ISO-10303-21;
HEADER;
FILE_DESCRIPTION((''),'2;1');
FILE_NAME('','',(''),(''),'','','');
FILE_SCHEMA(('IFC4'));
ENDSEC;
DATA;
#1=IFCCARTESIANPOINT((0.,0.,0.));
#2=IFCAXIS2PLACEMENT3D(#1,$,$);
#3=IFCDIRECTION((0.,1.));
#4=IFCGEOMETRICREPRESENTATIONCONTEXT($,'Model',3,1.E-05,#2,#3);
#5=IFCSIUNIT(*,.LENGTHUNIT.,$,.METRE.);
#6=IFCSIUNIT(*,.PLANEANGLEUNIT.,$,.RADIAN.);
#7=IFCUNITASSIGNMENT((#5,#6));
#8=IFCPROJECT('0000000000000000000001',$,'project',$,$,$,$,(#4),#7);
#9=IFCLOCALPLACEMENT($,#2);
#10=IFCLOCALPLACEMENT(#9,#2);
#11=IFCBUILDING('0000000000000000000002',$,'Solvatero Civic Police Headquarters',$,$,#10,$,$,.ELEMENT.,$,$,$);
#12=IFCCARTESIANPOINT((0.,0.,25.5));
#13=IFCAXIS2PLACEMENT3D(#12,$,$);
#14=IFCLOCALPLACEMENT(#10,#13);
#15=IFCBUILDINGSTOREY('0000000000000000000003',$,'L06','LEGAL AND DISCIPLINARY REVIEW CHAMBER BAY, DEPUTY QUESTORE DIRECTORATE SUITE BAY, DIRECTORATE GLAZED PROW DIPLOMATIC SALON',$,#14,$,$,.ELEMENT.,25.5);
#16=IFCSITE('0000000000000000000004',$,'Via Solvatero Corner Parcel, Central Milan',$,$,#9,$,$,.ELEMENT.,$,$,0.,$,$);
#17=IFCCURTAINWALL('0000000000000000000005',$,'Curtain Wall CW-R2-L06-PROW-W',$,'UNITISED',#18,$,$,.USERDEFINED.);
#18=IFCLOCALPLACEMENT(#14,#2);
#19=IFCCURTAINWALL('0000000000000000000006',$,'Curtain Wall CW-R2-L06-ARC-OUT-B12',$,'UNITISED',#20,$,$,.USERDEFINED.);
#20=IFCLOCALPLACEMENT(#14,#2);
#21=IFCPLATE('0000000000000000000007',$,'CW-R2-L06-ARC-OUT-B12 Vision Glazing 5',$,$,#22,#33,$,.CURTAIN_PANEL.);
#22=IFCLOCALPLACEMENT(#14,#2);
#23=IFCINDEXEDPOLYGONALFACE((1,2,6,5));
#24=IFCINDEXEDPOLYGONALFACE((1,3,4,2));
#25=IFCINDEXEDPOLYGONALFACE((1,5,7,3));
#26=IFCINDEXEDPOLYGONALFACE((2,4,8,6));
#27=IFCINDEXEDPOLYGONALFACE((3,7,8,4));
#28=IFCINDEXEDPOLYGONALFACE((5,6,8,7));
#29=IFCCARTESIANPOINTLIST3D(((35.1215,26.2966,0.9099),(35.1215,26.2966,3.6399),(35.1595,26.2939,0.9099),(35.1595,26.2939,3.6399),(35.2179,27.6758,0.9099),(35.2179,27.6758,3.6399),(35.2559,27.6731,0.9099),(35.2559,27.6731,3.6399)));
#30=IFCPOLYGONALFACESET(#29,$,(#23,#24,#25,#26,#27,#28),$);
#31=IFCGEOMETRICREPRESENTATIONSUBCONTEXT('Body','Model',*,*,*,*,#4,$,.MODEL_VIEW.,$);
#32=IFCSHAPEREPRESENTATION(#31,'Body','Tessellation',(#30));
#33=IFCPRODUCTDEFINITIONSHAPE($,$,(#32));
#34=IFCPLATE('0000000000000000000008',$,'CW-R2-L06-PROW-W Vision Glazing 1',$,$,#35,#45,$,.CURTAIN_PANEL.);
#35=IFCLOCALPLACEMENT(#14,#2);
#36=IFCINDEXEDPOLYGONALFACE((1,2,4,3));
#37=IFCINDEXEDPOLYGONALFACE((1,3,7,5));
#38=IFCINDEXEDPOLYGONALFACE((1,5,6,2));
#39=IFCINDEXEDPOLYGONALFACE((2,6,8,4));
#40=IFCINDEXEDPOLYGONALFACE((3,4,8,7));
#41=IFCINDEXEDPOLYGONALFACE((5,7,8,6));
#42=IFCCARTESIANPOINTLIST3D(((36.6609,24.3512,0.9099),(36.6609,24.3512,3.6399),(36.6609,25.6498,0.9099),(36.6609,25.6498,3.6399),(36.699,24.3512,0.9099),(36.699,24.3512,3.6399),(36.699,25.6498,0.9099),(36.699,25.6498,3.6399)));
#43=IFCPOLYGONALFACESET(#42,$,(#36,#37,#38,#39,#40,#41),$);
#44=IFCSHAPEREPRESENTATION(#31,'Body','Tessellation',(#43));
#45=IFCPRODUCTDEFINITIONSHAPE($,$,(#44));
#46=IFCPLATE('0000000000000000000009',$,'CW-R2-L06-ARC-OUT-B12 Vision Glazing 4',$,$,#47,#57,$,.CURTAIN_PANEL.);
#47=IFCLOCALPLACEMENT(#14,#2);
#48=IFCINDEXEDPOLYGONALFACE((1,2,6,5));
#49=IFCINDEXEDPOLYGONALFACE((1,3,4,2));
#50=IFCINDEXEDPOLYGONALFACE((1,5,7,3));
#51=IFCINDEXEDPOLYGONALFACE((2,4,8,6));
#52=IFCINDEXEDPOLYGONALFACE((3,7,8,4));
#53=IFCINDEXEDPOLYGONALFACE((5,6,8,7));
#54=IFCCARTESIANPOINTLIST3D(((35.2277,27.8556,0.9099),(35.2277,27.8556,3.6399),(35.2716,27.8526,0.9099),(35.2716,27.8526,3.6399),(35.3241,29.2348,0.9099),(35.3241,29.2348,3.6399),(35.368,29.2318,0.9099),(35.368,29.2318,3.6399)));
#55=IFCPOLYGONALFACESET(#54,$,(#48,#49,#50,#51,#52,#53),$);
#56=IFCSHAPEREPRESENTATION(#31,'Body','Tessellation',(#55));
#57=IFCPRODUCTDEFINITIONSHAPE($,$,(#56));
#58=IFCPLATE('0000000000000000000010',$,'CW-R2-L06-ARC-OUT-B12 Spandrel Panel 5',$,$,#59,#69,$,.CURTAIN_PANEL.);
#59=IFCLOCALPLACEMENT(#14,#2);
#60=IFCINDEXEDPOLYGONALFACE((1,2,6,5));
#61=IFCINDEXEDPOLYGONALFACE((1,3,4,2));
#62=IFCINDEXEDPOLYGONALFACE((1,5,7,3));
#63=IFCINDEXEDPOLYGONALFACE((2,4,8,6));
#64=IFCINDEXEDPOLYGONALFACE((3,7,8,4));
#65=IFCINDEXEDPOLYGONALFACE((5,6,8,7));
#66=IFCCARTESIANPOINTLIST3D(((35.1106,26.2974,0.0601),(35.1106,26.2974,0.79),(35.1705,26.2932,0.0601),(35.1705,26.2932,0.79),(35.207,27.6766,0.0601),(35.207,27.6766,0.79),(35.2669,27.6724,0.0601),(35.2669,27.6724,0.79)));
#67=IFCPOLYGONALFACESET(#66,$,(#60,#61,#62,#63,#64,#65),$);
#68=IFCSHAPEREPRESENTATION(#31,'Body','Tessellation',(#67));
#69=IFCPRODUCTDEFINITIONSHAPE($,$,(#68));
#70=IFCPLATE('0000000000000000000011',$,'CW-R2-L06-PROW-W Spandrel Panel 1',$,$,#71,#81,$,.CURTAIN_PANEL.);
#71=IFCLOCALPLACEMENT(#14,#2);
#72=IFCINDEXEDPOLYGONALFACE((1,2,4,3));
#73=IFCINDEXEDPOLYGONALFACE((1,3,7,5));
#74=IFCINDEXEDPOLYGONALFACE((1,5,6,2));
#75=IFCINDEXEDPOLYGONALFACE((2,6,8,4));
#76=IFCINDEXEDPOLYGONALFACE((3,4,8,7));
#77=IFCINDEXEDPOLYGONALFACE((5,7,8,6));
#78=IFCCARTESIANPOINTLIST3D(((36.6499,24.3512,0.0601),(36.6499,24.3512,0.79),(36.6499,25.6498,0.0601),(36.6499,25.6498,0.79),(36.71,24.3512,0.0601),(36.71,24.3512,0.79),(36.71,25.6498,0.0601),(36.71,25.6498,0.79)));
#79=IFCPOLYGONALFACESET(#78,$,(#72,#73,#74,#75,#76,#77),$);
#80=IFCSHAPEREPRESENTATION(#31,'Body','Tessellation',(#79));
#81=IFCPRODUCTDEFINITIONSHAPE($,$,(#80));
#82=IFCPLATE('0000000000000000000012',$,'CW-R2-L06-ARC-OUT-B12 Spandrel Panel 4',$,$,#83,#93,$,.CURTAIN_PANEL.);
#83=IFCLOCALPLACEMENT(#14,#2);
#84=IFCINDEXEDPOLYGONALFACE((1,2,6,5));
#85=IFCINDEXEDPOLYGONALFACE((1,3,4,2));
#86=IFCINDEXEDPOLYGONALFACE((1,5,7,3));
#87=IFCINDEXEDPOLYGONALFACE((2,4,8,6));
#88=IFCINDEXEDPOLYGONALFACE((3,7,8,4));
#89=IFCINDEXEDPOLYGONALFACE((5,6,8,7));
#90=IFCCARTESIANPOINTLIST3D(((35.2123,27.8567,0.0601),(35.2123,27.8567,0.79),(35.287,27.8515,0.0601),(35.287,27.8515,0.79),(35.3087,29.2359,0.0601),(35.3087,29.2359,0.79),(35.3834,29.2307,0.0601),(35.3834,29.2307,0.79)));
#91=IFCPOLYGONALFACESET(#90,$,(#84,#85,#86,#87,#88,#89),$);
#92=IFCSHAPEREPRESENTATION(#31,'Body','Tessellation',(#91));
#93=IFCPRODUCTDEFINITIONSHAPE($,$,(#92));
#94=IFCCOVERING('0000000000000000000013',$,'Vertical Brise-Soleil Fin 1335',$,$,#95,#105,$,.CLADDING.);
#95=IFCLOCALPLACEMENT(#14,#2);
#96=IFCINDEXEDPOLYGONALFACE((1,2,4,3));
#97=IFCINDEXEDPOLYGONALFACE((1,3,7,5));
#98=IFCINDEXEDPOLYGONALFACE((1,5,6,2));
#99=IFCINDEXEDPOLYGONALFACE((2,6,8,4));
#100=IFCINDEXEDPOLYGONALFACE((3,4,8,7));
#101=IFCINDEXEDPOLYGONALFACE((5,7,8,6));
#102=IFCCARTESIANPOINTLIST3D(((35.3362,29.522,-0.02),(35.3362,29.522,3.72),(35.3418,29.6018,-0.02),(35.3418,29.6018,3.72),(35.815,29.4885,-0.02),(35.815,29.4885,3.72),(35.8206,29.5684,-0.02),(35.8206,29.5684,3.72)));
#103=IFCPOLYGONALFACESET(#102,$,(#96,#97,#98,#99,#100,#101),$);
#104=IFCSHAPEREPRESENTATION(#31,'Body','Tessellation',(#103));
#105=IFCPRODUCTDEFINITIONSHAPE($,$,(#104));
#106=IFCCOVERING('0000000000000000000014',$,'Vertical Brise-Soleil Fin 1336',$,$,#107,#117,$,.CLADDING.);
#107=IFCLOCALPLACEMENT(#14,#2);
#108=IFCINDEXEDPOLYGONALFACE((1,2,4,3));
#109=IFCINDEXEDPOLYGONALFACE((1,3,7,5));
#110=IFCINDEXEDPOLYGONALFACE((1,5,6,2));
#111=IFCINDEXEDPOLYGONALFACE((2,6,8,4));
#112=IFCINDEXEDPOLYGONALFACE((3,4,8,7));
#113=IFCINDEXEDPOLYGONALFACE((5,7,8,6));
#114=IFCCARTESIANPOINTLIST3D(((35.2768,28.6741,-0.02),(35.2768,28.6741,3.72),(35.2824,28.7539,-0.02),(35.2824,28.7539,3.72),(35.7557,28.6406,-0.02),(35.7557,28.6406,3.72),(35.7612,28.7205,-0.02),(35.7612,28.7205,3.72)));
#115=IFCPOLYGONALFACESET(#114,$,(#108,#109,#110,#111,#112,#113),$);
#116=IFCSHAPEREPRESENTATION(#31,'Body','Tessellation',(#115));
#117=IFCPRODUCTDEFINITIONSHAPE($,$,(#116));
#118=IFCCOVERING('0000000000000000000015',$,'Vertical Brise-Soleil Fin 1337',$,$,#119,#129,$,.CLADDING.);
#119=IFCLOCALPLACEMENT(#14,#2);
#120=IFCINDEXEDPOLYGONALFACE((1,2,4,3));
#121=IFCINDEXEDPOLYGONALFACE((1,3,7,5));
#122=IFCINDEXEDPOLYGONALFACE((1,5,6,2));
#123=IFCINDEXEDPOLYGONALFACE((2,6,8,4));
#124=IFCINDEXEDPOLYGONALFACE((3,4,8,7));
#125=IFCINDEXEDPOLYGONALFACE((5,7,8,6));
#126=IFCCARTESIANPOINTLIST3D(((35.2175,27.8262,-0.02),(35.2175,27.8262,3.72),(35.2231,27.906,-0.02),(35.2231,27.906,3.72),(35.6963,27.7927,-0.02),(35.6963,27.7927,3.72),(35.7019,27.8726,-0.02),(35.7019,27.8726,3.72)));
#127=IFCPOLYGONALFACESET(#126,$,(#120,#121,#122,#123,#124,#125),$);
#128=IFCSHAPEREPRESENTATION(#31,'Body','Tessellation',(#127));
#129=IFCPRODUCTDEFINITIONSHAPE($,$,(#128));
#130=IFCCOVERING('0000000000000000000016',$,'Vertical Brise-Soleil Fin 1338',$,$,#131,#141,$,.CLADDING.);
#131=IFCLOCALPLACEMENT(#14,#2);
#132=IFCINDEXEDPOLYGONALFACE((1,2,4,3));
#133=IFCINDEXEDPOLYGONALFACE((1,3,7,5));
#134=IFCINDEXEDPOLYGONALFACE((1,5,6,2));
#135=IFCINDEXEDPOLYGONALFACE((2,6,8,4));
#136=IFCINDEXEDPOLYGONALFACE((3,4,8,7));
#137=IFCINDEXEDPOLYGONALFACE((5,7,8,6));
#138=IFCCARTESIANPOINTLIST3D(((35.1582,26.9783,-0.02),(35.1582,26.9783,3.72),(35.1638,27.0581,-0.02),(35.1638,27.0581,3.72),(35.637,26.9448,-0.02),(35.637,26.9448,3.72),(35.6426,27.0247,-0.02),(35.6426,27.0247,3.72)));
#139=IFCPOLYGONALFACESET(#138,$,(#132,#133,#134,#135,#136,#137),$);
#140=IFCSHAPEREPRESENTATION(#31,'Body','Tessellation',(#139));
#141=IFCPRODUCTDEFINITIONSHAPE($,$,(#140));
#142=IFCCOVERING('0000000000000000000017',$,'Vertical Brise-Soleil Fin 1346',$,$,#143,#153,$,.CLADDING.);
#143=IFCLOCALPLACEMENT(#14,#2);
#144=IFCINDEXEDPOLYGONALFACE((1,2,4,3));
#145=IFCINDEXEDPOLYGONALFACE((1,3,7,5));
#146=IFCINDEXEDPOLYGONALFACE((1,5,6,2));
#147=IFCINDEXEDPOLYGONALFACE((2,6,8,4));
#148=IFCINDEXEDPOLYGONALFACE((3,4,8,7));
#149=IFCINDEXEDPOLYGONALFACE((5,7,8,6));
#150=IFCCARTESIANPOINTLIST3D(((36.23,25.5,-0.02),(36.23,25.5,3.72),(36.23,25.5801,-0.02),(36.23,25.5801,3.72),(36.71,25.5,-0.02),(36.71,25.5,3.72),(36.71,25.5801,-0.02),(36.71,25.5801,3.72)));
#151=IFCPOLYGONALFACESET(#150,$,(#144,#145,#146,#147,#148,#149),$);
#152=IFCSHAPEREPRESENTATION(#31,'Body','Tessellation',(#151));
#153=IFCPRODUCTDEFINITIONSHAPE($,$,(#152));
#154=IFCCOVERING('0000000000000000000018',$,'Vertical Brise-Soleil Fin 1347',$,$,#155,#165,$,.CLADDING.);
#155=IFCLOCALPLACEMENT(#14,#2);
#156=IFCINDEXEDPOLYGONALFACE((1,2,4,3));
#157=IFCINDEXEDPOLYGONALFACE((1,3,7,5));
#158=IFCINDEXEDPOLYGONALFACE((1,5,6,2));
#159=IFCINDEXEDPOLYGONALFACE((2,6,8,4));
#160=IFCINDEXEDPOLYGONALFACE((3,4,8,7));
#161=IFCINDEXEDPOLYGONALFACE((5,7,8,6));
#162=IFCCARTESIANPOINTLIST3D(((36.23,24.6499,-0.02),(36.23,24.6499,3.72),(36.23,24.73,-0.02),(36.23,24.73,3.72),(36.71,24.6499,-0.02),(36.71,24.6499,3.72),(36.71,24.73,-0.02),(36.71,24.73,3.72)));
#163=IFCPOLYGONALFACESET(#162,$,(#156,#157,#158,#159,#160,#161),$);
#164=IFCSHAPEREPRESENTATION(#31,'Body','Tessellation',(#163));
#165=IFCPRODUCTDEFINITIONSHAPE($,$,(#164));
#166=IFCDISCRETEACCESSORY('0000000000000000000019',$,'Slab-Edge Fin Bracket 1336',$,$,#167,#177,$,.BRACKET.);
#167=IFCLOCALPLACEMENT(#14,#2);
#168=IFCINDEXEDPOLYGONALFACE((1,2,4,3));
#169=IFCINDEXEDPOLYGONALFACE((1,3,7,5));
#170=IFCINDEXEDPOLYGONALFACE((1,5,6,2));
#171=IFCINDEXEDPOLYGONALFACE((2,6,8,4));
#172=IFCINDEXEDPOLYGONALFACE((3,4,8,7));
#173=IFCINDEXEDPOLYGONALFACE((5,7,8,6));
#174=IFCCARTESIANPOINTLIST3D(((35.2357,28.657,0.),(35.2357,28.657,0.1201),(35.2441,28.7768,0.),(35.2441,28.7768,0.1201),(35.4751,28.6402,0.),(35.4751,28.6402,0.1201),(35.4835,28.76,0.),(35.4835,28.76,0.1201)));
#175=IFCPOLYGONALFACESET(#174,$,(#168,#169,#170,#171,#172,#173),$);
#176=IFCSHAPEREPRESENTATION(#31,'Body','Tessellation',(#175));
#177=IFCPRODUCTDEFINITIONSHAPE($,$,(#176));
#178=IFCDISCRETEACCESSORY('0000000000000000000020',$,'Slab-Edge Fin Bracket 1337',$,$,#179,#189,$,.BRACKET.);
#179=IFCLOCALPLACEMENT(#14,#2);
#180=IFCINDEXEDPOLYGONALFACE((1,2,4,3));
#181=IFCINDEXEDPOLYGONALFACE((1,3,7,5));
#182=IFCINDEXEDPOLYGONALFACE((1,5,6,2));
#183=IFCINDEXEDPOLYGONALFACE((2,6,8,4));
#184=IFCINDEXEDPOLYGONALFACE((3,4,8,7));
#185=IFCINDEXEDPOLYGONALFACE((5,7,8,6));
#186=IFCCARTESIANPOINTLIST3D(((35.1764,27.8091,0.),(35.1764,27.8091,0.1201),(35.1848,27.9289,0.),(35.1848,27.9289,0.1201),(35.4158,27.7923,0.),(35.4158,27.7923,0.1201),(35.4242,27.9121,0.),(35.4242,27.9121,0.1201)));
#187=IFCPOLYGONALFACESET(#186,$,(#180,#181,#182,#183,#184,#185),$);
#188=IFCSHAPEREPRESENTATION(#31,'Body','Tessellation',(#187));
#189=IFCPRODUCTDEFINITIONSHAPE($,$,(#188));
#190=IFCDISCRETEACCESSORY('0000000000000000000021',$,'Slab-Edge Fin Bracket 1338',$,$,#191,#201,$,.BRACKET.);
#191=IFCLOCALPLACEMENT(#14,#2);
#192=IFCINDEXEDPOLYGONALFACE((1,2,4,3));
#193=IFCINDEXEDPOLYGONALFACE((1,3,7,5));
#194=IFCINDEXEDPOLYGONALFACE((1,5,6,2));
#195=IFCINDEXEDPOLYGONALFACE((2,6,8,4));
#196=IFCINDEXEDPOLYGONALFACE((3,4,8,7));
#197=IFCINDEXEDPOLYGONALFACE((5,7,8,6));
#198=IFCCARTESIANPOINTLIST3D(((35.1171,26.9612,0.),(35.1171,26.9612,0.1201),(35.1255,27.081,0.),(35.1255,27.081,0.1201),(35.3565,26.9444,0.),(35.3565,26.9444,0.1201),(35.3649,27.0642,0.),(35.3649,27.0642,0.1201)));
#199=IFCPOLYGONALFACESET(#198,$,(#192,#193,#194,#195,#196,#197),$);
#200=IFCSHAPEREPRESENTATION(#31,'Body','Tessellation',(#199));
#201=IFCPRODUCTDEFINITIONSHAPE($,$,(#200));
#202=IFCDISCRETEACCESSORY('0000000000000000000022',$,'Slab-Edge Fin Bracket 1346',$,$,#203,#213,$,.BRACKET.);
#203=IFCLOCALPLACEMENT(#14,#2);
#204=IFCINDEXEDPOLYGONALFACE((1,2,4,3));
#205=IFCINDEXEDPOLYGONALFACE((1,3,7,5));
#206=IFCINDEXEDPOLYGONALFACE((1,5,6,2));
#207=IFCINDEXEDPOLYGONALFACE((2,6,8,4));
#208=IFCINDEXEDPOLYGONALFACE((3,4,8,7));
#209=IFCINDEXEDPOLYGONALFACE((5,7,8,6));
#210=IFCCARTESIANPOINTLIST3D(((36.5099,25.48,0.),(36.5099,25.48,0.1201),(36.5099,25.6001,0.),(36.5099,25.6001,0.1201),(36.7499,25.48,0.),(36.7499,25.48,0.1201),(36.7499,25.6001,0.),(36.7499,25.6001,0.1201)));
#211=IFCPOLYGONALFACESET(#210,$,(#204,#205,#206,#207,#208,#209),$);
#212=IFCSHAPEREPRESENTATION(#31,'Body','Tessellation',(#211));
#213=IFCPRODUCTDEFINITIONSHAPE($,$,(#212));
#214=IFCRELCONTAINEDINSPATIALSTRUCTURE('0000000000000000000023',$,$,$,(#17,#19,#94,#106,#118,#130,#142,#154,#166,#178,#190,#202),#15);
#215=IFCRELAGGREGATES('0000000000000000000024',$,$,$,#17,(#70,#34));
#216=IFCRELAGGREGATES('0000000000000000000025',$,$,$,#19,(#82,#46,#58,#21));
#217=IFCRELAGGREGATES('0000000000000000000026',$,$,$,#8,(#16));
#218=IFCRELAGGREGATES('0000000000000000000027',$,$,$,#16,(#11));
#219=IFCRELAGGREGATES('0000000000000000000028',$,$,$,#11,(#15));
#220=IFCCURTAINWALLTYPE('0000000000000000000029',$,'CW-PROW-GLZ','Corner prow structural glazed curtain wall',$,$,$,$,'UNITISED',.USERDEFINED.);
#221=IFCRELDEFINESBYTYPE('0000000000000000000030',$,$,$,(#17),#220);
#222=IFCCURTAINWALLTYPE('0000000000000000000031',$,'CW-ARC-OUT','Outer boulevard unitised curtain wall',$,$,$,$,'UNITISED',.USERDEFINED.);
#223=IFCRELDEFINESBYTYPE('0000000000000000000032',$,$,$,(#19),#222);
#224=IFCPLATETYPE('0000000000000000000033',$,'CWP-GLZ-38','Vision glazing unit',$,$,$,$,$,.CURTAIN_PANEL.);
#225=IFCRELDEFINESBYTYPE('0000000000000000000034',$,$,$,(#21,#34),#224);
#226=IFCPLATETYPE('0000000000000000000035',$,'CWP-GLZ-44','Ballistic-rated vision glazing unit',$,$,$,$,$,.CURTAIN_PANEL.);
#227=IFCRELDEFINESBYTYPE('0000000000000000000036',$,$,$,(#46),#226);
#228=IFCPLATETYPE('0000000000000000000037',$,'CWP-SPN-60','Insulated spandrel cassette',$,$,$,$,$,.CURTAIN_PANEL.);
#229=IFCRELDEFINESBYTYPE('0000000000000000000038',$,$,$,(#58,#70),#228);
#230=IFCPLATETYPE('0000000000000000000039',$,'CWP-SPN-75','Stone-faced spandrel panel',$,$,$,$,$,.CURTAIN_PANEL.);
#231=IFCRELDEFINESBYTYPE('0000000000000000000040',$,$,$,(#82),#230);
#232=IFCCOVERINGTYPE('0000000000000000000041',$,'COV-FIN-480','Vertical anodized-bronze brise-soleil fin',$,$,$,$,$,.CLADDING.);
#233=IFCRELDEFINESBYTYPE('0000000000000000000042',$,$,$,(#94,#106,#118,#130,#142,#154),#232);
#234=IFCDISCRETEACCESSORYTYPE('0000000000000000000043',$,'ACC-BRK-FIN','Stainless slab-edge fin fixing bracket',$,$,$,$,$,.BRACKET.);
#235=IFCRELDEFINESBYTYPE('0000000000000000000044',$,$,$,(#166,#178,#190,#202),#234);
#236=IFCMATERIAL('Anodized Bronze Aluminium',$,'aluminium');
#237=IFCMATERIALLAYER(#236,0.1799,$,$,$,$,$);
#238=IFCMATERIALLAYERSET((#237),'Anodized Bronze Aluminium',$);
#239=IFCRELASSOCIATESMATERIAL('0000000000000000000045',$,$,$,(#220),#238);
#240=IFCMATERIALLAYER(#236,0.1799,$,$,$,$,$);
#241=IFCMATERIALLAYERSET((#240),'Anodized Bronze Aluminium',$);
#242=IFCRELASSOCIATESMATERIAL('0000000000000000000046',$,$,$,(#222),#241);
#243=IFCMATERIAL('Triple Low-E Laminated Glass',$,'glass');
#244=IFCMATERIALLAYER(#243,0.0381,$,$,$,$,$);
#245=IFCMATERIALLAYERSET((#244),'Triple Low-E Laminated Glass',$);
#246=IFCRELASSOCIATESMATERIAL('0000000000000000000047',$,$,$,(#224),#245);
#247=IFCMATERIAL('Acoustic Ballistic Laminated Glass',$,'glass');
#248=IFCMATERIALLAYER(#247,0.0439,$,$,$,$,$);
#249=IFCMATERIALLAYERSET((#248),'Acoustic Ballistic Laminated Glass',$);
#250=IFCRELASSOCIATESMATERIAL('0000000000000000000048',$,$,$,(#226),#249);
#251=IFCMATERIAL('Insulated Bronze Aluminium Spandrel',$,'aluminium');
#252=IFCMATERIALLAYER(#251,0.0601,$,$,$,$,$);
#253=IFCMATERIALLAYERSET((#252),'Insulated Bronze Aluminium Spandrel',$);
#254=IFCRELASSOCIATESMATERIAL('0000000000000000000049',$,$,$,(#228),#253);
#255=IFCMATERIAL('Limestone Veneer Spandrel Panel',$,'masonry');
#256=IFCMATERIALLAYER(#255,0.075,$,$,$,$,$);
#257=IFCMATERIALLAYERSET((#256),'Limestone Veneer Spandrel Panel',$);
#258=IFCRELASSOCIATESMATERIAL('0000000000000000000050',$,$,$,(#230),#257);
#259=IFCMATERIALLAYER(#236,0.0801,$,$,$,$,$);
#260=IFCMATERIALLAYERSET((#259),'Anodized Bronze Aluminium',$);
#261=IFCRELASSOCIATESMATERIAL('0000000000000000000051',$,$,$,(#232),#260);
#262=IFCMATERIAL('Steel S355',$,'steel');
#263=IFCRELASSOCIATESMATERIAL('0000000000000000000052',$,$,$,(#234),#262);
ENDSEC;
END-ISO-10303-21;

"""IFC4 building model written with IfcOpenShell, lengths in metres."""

from ifc_helpers import new_model, si_unit, direction, frame, origin, origin_2d, place, context, subcontext, project, spatial, rectangle, extrude, material, layer, layer_set, type_object, element, aggregate, save


model = new_model("IFC4")

# Units and contexts
model_context = context("Model", 3, precision=1e-05, world=origin(), true_north=direction((0.0, 1.0)))
body_context = subcontext(model_context, "Body", "Model", "MODEL_VIEW")
ifc_project = project(units=[si_unit("LENGTHUNIT", "METRE"), si_unit("PLANEANGLEUNIT", "RADIAN")], contexts=[model_context])

# Site, building, storey
site_placement = place(None, origin())
site = spatial("IfcSite", under=ifc_project, at=site_placement, Name="Via Solvatero Corner Parcel, Central Milan", CompositionType="ELEMENT", RefElevation=0.0)
building_placement = place(site_placement, origin())
building = spatial("IfcBuilding", under=site, at=building_placement, Name="Solvatero Civic Police Headquarters", CompositionType="ELEMENT")
storey_placement = place(building_placement, frame((0.0, 0.0, 25.5)))
storey = spatial("IfcBuildingStorey", under=building, at=storey_placement, Name="L06", Description="LEGAL AND DISCIPLINARY REVIEW CHAMBER BAY, DEPUTY QUESTORE DIRECTORATE SUITE BAY, DIRECTORATE GLAZED PROW DIPLOMATIC SALON", CompositionType="ELEMENT", Elevation=25.5)

# Shared definitions
ifc_material_1 = material(Name="Steel S355", Category="steel")

# Curtain wall
ifc_material_2 = material(Name="Anodized Bronze Aluminium", Category="aluminium")
ifc_layer_1 = layer(ifc_material_2, 0.1799)
ifc_layer_set_1 = layer_set([ifc_layer_1], Name="Anodized Bronze Aluminium")
curtain_wall_type_1 = type_object("IfcCurtainWallType", Name="CW-PROW-GLZ", Description="Corner prow structural glazed curtain wall", ElementType="UNITISED", PredefinedType="USERDEFINED", material=ifc_layer_set_1)
curtain_wall_1_placement = place(storey_placement, origin())
curtain_wall_1 = element("IfcCurtainWall", 1, at=curtain_wall_1_placement, inside=storey, type_object=curtain_wall_type_1, Name="Curtain Wall CW-R2-L06-PROW-W", ObjectType="UNITISED", PredefinedType="USERDEFINED")

# Curtain wall
ifc_layer_2 = layer(ifc_material_2, 0.1799)
ifc_layer_set_2 = layer_set([ifc_layer_2], Name="Anodized Bronze Aluminium")
curtain_wall_type_2 = type_object("IfcCurtainWallType", Name="CW-ARC-OUT", Description="Outer boulevard unitised curtain wall", ElementType="UNITISED", PredefinedType="USERDEFINED", material=ifc_layer_set_2)
curtain_wall_2_placement = place(storey_placement, origin())
curtain_wall_2 = element("IfcCurtainWall", 2, at=curtain_wall_2_placement, inside=storey, type_object=curtain_wall_type_2, Name="Curtain Wall CW-R2-L06-ARC-OUT-B12", ObjectType="UNITISED", PredefinedType="USERDEFINED")

# Plates
ifc_material_3 = material(Name="Triple Low-E Laminated Glass", Category="glass")
ifc_layer_3 = layer(ifc_material_3, 0.0381)
ifc_layer_set_3 = layer_set([ifc_layer_3], Name="Triple Low-E Laminated Glass")
plate_type_1 = type_object("IfcPlateType", Name="CWP-GLZ-38", Description="Vision glazing unit", PredefinedType="CURTAIN_PANEL", material=ifc_layer_set_3)
plate_1_placement = place(storey_placement, frame((35.1887, 26.9849, 0.9099), z_axis=(0.0, 0.0, 1.0), x_axis=(-0.069739, -0.997565, 0.0)))
plate_1 = element("IfcPlate", 3, at=plate_1_placement, type_object=plate_type_1, Name="CW-R2-L06-ARC-OUT-B12 Vision Glazing 5", PredefinedType="CURTAIN_PANEL", context=body_context, shape_type="SweptSolid", body=[
    extrude(rectangle(XDim=1.3826, YDim=0.0381, at=origin_2d()), origin(), (0.0, 0.0, 1.0), 2.73),
])
plate_2_placement = place(storey_placement, frame((36.6799, 25.0005, 0.9099), z_axis=(0.0, 0.0, 1.0), x_axis=(0.0, -1.0, 0.0)))
plate_2 = element("IfcPlate", 4, at=plate_2_placement, type_object=plate_type_1, Name="CW-R2-L06-PROW-W Vision Glazing 1", PredefinedType="CURTAIN_PANEL", context=body_context, shape_type="SweptSolid", body=[
    extrude(rectangle(XDim=1.2986, YDim=0.0381, at=origin_2d()), origin(), (0.0, 0.0, 1.0), 2.73),
])
ifc_material_4 = material(Name="Acoustic Ballistic Laminated Glass", Category="glass")
ifc_layer_4 = layer(ifc_material_4, 0.0439)
ifc_layer_set_4 = layer_set([ifc_layer_4], Name="Acoustic Ballistic Laminated Glass")
plate_type_2 = type_object("IfcPlateType", Name="CWP-GLZ-44", Description="Ballistic-rated vision glazing unit", PredefinedType="CURTAIN_PANEL", material=ifc_layer_set_4)
plate_3_placement = place(storey_placement, frame((35.2979, 28.5437, 0.9099), z_axis=(0.0, 0.0, 1.0), x_axis=(-0.069739, -0.997565, 0.0)))
plate_3 = element("IfcPlate", 5, at=plate_3_placement, type_object=plate_type_2, Name="CW-R2-L06-ARC-OUT-B12 Vision Glazing 4", PredefinedType="CURTAIN_PANEL", context=body_context, shape_type="SweptSolid", body=[
    extrude(rectangle(XDim=1.3826, YDim=0.0439, at=origin_2d()), origin(), (0.0, 0.0, 1.0), 2.73),
])
ifc_material_5 = material(Name="Insulated Bronze Aluminium Spandrel", Category="aluminium")
ifc_layer_5 = layer(ifc_material_5, 0.0601)
ifc_layer_set_5 = layer_set([ifc_layer_5], Name="Insulated Bronze Aluminium Spandrel")
plate_type_3 = type_object("IfcPlateType", Name="CWP-SPN-60", Description="Insulated spandrel cassette", PredefinedType="CURTAIN_PANEL", material=ifc_layer_set_5)
plate_4_placement = place(storey_placement, frame((35.1887, 26.9849, 0.0601), z_axis=(0.0, 0.0, 1.0), x_axis=(-0.069739, -0.997565, 0.0)))
plate_4 = element("IfcPlate", 6, at=plate_4_placement, type_object=plate_type_3, Name="CW-R2-L06-ARC-OUT-B12 Spandrel Panel 5", PredefinedType="CURTAIN_PANEL", context=body_context, shape_type="SweptSolid", body=[
    extrude(rectangle(XDim=1.3826, YDim=0.0601, at=origin_2d()), origin(), (0.0, 0.0, 1.0), 0.73),
])
plate_5_placement = place(storey_placement, frame((36.6799, 25.0005, 0.0601), z_axis=(0.0, 0.0, 1.0), x_axis=(0.0, -1.0, 0.0)))
plate_5 = element("IfcPlate", 7, at=plate_5_placement, type_object=plate_type_3, Name="CW-R2-L06-PROW-W Spandrel Panel 1", PredefinedType="CURTAIN_PANEL", context=body_context, shape_type="SweptSolid", body=[
    extrude(rectangle(XDim=1.2986, YDim=0.0601, at=origin_2d()), origin(), (0.0, 0.0, 1.0), 0.73),
])
aggregate(curtain_wall_1, [plate_5, plate_2])
ifc_material_6 = material(Name="Limestone Veneer Spandrel Panel", Category="masonry")
ifc_layer_6 = layer(ifc_material_6, 0.075)
ifc_layer_set_6 = layer_set([ifc_layer_6], Name="Limestone Veneer Spandrel Panel")
plate_type_4 = type_object("IfcPlateType", Name="CWP-SPN-75", Description="Stone-faced spandrel panel", PredefinedType="CURTAIN_PANEL", material=ifc_layer_set_6)
plate_6_placement = place(storey_placement, frame((35.2979, 28.5437, 0.0601), z_axis=(0.0, 0.0, 1.0), x_axis=(-0.069739, -0.997565, 0.0)))
plate_6 = element("IfcPlate", 8, at=plate_6_placement, type_object=plate_type_4, Name="CW-R2-L06-ARC-OUT-B12 Spandrel Panel 4", PredefinedType="CURTAIN_PANEL", context=body_context, shape_type="SweptSolid", body=[
    extrude(rectangle(XDim=1.3826, YDim=0.075, at=origin_2d()), origin(), (0.0, 0.0, 1.0), 0.73),
])
aggregate(curtain_wall_2, [plate_6, plate_3, plate_4, plate_1])

# Coverings
ifc_layer_7 = layer(ifc_material_2, 0.0801)
ifc_layer_set_7 = layer_set([ifc_layer_7], Name="Anodized Bronze Aluminium")
covering_type = type_object("IfcCoveringType", Name="COV-FIN-480", Description="Vertical anodized-bronze brise-soleil fin", PredefinedType="CLADDING", material=ifc_layer_set_7)
for number, where, z_axis, x_axis, name in (
    (9, (35.5784, 29.5452, -0.02), (0.0, 0.0, 1.0), (-0.069739, -0.997565, 0.0), "Vertical Brise-Soleil Fin 1335"),
    (10, (35.519, 28.6973, -0.02), (0.0, 0.0, 1.0), (-0.069739, -0.997565, 0.0), "Vertical Brise-Soleil Fin 1336"),
    (11, (35.4597, 27.8494, -0.02), (0.0, 0.0, 1.0), (-0.069739, -0.997565, 0.0), "Vertical Brise-Soleil Fin 1337"),
    (12, (35.4004, 27.0015, -0.02), (0.0, 0.0, 1.0), (-0.069739, -0.997565, 0.0), "Vertical Brise-Soleil Fin 1338"),
    (13, (36.47, 25.54, -0.02), (0.0, 0.0, 1.0), (0.0, -1.0, 0.0), "Vertical Brise-Soleil Fin 1346"),
    (14, (36.47, 24.6899, -0.02), (0.0, 0.0, 1.0), (0.0, -1.0, 0.0), "Vertical Brise-Soleil Fin 1347"),
):
    element("IfcCovering", number, at=place(storey_placement, frame(where, z_axis=z_axis, x_axis=x_axis)), inside=storey, type_object=covering_type, Name=name, PredefinedType="CLADDING", context=body_context, shape_type="SweptSolid", body=[
        extrude(rectangle(XDim=0.0801, YDim=0.48, at=origin_2d()), origin(), (0.0, 0.0, 1.0), 3.74),
    ])

# Discrete accessories
discrete_accessory_type = type_object("IfcDiscreteAccessoryType", Name="ACC-BRK-FIN", Description="Stainless slab-edge fin fixing bracket", PredefinedType="BRACKET", material=ifc_material_1)
for number, where, z_axis, x_axis, name in (
    (15, (35.3596, 28.7085, 0.0), (0.0, 0.0, 1.0), (-0.069739, -0.997565, 0.0), "Slab-Edge Fin Bracket 1336"),
    (16, (35.3003, 27.8606, 0.0), (0.0, 0.0, 1.0), (-0.069739, -0.997565, 0.0), "Slab-Edge Fin Bracket 1337"),
    (17, (35.241, 27.0127, 0.0), (0.0, 0.0, 1.0), (-0.069739, -0.997565, 0.0), "Slab-Edge Fin Bracket 1338"),
    (18, (36.6299, 25.54, 0.0), (0.0, 0.0, 1.0), (0.0, -1.0, 0.0), "Slab-Edge Fin Bracket 1346"),
):
    element("IfcDiscreteAccessory", number, at=place(storey_placement, frame(where, z_axis=z_axis, x_axis=x_axis)), inside=storey, type_object=discrete_accessory_type, Name=name, PredefinedType="BRACKET", context=body_context, shape_type="SweptSolid", body=[
        extrude(rectangle(XDim=0.1201, YDim=0.24, at=origin_2d()), origin(), (0.0, 0.0, 1.0), 0.1201),
    ])

save(model, "model.ifc")
